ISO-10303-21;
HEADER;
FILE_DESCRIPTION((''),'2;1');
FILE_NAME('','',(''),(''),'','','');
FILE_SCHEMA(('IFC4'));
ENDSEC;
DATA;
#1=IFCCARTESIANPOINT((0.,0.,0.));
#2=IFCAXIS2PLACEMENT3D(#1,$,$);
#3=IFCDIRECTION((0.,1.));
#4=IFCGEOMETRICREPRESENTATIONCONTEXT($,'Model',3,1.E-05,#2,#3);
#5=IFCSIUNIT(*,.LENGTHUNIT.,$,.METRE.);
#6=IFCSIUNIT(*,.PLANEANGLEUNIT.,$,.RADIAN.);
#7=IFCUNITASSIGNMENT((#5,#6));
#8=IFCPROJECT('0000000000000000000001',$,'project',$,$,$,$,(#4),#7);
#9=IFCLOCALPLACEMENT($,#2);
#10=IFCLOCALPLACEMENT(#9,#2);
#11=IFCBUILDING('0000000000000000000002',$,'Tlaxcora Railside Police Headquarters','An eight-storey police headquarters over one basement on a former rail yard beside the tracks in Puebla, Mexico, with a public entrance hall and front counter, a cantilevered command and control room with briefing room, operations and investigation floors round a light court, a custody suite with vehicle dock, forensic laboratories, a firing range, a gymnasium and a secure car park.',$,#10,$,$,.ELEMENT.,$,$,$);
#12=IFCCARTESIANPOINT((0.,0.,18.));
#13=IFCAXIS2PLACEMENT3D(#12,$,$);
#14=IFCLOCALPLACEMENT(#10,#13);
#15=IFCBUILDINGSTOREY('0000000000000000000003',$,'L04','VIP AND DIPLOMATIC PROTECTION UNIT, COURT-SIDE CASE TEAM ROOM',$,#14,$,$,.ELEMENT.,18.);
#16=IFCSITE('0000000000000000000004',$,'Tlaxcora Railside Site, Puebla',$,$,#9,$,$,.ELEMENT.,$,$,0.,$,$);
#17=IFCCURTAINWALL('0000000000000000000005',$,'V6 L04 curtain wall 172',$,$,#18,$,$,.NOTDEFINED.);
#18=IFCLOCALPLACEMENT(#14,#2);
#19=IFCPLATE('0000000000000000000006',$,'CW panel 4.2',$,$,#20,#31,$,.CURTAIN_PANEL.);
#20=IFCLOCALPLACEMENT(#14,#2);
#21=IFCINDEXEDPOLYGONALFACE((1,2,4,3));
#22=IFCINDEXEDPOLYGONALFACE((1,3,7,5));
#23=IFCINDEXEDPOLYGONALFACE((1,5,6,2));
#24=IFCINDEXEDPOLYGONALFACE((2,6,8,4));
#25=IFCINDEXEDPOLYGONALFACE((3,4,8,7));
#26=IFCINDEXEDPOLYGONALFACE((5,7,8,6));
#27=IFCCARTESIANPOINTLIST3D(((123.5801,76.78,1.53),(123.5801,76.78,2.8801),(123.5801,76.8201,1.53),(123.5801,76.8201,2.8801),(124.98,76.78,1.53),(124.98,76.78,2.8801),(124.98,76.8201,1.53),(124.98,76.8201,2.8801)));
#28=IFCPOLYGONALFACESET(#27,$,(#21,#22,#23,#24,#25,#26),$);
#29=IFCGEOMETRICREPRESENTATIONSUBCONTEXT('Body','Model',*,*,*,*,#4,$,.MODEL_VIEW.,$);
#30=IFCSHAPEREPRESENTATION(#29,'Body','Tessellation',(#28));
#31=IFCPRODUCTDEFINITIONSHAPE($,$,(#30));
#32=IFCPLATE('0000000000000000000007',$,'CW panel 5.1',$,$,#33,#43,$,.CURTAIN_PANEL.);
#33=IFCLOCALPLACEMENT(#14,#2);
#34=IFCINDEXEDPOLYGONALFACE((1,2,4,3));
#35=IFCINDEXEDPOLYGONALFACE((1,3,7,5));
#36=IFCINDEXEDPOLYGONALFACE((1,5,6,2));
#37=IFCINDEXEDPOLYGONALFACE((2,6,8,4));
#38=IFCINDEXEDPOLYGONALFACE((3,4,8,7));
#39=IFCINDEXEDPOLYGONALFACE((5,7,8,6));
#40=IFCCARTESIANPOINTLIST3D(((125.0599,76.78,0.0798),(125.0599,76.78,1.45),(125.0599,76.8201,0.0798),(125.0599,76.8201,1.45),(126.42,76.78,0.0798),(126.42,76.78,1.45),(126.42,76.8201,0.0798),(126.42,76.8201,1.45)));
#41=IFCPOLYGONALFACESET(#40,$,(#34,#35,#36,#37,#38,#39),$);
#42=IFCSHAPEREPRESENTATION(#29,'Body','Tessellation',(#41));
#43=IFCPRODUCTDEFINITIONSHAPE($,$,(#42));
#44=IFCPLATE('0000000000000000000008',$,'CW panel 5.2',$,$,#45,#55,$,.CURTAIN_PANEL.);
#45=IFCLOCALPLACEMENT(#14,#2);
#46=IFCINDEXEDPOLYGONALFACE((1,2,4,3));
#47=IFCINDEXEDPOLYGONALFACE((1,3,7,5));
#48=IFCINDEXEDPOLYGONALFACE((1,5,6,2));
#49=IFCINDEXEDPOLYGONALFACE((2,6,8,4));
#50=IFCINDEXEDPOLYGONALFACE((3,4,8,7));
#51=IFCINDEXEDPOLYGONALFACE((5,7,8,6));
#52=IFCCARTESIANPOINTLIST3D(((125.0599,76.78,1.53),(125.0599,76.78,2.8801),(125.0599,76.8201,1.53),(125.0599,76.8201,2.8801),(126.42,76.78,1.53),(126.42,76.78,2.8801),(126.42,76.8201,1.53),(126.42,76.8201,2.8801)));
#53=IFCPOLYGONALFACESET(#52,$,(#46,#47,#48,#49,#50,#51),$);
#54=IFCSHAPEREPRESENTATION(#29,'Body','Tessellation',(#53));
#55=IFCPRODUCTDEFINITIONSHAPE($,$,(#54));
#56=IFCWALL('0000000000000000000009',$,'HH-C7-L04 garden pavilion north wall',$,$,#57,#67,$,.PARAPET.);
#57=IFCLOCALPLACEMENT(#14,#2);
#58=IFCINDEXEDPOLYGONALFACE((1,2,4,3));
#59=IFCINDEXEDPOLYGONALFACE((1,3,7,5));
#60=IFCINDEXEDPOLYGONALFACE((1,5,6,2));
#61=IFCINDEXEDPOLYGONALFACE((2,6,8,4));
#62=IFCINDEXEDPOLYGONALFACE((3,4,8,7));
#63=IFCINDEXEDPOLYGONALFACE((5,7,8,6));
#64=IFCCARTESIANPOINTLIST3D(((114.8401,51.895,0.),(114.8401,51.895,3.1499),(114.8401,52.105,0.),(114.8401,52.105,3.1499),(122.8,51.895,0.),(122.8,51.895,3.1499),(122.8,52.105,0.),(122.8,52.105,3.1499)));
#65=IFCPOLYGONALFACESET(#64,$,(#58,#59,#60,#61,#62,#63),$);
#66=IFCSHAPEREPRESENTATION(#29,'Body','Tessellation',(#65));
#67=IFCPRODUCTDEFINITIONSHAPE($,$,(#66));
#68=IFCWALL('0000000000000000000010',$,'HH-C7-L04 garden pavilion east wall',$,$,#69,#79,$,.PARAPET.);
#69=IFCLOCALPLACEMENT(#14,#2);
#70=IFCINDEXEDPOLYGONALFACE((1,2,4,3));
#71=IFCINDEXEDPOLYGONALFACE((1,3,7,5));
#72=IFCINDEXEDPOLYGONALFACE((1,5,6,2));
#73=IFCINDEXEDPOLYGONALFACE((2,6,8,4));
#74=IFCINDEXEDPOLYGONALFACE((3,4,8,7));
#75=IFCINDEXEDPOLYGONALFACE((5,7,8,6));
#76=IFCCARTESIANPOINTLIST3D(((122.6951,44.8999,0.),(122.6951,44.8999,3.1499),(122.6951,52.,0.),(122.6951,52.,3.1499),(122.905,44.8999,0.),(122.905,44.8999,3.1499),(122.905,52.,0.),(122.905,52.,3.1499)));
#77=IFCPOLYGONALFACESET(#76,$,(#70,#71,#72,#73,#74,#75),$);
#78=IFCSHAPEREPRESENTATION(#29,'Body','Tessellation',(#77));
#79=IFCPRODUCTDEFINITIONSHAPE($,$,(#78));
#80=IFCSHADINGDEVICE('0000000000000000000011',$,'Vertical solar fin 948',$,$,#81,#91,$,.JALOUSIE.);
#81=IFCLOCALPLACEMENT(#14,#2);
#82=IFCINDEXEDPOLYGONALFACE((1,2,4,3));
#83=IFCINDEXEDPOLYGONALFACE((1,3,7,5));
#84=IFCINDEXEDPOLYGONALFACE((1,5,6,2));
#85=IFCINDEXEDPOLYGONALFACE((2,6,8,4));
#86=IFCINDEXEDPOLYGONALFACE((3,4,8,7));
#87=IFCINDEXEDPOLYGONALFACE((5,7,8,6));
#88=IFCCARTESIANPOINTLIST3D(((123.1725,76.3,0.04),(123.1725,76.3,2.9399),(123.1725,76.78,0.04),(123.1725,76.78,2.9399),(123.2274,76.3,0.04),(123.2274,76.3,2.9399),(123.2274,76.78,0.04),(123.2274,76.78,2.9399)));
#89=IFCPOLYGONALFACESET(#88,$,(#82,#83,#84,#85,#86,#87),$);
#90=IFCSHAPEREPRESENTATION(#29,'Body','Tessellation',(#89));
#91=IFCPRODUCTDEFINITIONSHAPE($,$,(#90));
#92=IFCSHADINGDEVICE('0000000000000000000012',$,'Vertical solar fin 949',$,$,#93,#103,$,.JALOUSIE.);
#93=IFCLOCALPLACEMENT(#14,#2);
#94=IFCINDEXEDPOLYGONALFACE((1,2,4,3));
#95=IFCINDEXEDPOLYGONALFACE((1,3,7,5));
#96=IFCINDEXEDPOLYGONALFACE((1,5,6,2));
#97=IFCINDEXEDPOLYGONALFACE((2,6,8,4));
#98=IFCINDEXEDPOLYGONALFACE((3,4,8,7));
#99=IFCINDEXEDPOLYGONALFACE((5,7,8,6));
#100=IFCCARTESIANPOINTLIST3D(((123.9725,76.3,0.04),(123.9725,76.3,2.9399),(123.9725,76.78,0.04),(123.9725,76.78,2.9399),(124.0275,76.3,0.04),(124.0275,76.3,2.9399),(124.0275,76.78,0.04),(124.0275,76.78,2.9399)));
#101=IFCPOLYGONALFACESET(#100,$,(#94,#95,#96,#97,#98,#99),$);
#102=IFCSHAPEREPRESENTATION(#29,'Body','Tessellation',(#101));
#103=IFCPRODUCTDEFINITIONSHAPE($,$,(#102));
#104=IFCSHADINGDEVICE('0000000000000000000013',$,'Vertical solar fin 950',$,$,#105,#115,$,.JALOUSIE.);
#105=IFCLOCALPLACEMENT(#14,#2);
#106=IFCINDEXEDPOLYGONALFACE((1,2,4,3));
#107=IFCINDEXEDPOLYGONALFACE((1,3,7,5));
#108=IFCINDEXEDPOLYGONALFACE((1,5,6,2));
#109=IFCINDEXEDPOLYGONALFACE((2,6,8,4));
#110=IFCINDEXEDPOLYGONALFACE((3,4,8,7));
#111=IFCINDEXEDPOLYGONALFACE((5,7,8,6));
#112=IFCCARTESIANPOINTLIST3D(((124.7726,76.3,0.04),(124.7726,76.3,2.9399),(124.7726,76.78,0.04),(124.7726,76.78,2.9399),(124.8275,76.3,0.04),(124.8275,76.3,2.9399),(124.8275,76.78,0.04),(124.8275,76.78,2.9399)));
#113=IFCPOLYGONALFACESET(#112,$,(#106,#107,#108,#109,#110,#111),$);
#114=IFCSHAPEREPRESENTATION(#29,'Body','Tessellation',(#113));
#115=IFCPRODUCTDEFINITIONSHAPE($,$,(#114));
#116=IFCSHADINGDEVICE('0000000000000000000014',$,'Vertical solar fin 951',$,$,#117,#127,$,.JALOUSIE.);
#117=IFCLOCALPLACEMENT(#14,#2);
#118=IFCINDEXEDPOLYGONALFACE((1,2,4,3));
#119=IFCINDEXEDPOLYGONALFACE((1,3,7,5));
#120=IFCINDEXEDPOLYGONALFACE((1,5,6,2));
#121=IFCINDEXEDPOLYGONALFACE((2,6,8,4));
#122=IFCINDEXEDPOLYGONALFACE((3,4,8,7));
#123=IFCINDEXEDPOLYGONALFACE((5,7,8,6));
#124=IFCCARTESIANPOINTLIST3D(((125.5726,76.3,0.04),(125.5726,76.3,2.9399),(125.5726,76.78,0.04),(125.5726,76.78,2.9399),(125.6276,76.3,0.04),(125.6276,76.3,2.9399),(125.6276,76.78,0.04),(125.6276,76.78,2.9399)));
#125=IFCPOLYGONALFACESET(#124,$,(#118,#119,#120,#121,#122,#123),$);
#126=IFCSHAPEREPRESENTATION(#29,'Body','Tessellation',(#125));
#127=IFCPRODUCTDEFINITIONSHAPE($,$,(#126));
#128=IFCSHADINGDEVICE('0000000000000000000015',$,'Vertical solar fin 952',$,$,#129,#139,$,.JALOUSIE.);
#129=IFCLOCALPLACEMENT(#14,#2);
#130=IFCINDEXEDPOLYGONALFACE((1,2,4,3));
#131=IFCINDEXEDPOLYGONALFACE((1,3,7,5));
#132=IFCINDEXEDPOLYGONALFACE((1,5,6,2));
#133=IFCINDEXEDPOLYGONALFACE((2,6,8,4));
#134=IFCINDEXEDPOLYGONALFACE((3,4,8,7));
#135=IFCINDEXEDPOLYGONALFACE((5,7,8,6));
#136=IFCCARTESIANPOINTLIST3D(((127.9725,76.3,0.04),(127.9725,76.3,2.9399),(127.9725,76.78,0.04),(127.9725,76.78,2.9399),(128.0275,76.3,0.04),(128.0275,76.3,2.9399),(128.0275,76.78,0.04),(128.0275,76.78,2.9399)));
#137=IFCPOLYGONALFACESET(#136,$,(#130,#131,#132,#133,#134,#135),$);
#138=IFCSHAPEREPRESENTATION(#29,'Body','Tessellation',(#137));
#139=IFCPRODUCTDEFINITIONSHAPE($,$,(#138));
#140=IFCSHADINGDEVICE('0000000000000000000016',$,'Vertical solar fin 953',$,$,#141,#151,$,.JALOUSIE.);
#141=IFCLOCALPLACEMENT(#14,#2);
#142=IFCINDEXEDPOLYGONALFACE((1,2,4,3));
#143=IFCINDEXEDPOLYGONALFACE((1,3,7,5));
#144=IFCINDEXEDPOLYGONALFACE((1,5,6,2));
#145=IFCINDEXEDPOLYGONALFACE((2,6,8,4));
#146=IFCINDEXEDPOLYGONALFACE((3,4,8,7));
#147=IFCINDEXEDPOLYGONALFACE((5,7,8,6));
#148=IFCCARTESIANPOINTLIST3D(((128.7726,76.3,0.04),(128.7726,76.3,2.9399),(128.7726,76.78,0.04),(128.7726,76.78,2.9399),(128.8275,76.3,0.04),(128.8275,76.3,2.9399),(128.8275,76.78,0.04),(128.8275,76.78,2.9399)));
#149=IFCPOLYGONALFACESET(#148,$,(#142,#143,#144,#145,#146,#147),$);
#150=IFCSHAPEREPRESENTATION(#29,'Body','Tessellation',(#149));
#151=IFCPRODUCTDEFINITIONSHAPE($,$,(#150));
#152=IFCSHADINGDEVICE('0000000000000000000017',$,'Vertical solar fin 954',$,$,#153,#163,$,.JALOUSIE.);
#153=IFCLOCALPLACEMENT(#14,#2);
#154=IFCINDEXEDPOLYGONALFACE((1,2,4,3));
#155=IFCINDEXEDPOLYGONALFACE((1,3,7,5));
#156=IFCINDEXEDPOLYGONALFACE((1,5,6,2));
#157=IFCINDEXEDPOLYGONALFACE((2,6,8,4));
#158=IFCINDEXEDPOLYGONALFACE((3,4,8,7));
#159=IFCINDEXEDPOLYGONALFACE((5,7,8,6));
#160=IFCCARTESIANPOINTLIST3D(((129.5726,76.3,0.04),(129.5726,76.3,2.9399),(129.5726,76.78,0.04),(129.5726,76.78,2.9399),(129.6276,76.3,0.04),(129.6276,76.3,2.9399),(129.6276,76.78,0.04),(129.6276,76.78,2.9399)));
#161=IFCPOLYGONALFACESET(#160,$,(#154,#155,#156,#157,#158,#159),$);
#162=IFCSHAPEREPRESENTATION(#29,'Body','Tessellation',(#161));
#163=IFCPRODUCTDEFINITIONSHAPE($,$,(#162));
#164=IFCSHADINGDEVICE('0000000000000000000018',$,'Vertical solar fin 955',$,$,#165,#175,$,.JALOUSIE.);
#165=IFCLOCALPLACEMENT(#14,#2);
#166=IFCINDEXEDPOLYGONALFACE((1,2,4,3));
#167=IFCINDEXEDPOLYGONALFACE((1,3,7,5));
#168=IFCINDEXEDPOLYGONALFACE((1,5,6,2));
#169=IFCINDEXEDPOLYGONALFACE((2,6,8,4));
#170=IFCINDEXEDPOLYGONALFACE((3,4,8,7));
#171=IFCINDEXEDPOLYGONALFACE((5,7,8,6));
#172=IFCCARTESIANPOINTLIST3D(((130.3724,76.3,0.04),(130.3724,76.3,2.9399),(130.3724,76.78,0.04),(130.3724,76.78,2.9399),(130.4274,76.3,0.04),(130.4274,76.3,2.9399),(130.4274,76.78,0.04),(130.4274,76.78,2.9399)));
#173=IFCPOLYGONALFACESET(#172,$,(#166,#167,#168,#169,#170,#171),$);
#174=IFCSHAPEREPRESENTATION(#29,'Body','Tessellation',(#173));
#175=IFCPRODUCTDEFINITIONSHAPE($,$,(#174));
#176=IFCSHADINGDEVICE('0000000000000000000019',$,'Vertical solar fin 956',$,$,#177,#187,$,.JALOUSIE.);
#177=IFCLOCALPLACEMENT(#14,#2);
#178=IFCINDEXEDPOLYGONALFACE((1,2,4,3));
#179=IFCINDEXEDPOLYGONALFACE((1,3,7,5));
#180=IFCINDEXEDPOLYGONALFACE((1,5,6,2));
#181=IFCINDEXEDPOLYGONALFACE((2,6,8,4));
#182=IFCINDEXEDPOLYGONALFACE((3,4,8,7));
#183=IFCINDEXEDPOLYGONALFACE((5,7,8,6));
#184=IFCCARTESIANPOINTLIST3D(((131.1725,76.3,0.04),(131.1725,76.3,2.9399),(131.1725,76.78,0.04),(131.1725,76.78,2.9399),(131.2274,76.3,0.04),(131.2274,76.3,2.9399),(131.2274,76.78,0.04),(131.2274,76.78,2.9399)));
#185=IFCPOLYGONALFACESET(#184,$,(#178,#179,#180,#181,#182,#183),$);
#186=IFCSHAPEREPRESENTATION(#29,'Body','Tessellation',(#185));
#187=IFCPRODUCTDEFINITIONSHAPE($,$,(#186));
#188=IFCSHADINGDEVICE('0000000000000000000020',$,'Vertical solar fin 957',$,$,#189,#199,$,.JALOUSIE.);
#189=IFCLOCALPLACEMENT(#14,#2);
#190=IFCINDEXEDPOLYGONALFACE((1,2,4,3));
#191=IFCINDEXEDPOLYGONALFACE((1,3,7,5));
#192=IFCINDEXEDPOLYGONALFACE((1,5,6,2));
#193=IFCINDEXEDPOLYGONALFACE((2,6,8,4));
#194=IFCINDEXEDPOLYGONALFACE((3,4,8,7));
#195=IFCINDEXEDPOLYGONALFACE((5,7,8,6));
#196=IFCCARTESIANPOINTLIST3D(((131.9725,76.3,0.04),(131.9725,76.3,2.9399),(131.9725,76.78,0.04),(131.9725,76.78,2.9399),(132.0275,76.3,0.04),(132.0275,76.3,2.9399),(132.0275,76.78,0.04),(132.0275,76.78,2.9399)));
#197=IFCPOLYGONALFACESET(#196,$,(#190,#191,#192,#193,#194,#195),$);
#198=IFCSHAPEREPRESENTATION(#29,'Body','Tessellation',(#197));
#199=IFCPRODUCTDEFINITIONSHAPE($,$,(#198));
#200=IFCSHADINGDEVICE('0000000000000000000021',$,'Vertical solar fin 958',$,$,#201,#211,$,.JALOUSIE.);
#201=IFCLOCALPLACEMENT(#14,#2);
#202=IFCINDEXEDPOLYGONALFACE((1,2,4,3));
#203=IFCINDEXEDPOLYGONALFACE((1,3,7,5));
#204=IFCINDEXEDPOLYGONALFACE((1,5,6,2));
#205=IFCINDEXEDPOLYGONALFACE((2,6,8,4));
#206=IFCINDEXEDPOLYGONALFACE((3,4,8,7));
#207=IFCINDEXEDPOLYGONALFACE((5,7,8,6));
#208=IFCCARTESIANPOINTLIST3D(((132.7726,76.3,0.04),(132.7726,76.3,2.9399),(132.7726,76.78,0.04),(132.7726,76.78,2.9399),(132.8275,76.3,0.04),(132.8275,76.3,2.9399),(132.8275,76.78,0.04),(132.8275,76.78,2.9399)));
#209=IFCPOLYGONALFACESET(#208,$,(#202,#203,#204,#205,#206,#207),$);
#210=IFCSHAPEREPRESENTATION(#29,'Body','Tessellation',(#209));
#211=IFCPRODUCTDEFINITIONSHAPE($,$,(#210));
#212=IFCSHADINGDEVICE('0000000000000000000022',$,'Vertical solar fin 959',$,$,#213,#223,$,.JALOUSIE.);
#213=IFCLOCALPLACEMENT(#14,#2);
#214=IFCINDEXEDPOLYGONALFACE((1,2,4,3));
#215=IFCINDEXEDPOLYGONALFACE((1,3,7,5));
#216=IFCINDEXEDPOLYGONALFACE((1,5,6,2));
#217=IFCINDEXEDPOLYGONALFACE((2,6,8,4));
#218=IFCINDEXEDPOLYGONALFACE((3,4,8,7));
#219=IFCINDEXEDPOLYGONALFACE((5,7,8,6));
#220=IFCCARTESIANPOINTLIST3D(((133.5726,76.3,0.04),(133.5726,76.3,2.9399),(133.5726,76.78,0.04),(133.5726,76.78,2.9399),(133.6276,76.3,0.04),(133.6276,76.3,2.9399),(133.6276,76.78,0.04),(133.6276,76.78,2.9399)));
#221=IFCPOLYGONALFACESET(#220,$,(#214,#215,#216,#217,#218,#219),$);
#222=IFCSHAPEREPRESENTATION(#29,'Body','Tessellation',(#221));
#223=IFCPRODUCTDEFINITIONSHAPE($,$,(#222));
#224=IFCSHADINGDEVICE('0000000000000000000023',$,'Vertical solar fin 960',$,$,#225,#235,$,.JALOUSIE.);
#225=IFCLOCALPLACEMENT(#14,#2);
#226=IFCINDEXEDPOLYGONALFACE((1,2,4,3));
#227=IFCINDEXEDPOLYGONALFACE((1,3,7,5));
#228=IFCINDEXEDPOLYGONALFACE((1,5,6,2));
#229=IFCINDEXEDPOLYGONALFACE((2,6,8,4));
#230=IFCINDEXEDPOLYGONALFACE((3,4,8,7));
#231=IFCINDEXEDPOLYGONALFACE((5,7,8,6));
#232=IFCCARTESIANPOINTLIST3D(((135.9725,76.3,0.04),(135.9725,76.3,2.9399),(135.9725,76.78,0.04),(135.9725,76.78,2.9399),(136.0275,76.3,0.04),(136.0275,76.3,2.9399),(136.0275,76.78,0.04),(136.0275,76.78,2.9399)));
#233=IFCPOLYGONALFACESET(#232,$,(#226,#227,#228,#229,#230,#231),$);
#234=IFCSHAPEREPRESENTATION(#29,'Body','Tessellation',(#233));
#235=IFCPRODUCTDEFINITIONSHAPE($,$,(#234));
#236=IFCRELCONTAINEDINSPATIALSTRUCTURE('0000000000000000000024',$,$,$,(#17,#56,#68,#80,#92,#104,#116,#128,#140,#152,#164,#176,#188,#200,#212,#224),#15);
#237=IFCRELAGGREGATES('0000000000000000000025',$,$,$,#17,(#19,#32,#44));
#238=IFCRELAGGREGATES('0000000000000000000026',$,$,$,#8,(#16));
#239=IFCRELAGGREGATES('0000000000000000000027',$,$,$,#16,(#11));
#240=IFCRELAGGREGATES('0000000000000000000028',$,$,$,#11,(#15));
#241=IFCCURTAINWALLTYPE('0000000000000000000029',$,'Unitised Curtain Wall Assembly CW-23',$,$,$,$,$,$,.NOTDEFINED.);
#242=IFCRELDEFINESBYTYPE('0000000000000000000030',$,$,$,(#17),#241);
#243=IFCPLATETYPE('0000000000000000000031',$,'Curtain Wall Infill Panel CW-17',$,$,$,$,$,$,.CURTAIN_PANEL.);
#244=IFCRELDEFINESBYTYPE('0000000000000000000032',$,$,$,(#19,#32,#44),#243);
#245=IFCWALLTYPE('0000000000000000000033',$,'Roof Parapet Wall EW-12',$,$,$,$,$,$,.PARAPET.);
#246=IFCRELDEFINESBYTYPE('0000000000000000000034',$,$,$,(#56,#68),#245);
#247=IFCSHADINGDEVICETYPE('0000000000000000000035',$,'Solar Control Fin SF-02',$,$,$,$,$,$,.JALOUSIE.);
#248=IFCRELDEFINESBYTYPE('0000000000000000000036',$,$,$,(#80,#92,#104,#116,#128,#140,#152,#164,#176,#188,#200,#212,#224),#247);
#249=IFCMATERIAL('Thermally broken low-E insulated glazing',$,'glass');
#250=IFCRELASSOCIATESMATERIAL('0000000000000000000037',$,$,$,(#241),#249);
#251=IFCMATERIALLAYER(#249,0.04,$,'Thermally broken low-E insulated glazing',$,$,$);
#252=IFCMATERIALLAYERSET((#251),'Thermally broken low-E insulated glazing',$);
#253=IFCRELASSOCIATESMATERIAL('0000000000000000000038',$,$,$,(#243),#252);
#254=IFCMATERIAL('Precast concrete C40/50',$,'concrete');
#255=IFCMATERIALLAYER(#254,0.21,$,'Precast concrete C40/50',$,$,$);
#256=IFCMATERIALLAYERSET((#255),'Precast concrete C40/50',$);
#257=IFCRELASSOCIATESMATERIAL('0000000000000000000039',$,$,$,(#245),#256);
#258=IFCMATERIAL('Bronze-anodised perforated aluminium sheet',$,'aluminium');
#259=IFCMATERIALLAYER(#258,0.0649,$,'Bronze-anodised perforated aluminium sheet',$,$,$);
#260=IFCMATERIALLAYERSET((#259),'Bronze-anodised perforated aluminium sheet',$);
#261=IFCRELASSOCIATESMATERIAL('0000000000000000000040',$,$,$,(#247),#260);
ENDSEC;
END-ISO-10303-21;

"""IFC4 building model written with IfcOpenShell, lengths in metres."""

from ifc_helpers import new_model, si_unit, direction, frame, frame_2d, origin, origin_2d, place, context, subcontext, project, spatial, rectangle, extrude, material, layer, layer_set, type_object, element, aggregate, save


model = new_model("IFC4")

# Units and contexts
model_context = context("Model", 3, precision=1e-05, world=origin(), true_north=direction((0.0, 1.0)))
body_context = subcontext(model_context, "Body", "Model", "MODEL_VIEW")
ifc_project = project(units=[si_unit("LENGTHUNIT", "METRE"), si_unit("PLANEANGLEUNIT", "RADIAN")], contexts=[model_context])

# Site, building, storey
site_placement = place(None, origin())
site = spatial("IfcSite", under=ifc_project, at=site_placement, Name="Tlaxcora Railside Site, Puebla", CompositionType="ELEMENT", RefElevation=0.0)
building_placement = place(site_placement, origin())
building = spatial("IfcBuilding", under=site, at=building_placement, Name="Tlaxcora Railside Police Headquarters", Description="An eight-storey police headquarters over one basement on a former rail yard beside the tracks in Puebla, Mexico, with a public entrance hall and front counter, a cantilevered command and control room with briefing room, operations and investigation floors round a light court, a custody suite with vehicle dock, forensic laboratories, a firing range, a gymnasium and a secure car park.", CompositionType="ELEMENT")
storey_placement = place(building_placement, frame((0.0, 0.0, 18.0)))
storey = spatial("IfcBuildingStorey", under=building, at=storey_placement, Name="L04", Description="VIP AND DIPLOMATIC PROTECTION UNIT, COURT-SIDE CASE TEAM ROOM", CompositionType="ELEMENT", Elevation=18.0)

# Curtain wall
ifc_material_1 = material(Name="Thermally broken low-E insulated glazing", Category="glass")
curtain_wall_type = type_object("IfcCurtainWallType", Name="Unitised Curtain Wall Assembly CW-23", PredefinedType="NOTDEFINED", material=ifc_material_1)
curtain_wall_placement = place(storey_placement, origin())
curtain_wall = element("IfcCurtainWall", 1, at=curtain_wall_placement, inside=storey, type_object=curtain_wall_type, Name="V6 L04 curtain wall 172", PredefinedType="NOTDEFINED")

# Plates
ifc_layer_1 = layer(ifc_material_1, 0.04, Name="Thermally broken low-E insulated glazing")
ifc_layer_set_1 = layer_set([ifc_layer_1], Name="Thermally broken low-E insulated glazing")
plate_type = type_object("IfcPlateType", Name="Curtain Wall Infill Panel CW-17", PredefinedType="CURTAIN_PANEL", material=ifc_layer_set_1)
plate_1_placement = place(storey_placement, frame((124.28, 76.8, 1.53), z_axis=(0.0, 0.0, 1.0), x_axis=(1.0, 0.0, 0.0)))
plate_1 = element("IfcPlate", 2, at=plate_1_placement, type_object=plate_type, Name="CW panel 4.2", PredefinedType="CURTAIN_PANEL", context=body_context, shape_type="SweptSolid", body=[
    extrude(rectangle(XDim=1.3999, YDim=0.04, at=origin_2d()), origin(), (0.0, 0.0, 1.0), 1.3501),
])
plate_2_placement = place(storey_placement, frame((125.74, 76.8, 0.0798), z_axis=(0.0, 0.0, 1.0), x_axis=(1.0, 0.0, 0.0)))
plate_2 = element("IfcPlate", 3, at=plate_2_placement, type_object=plate_type, Name="CW panel 5.1", PredefinedType="CURTAIN_PANEL", context=body_context, shape_type="SweptSolid", body=[
    extrude(rectangle(XDim=1.3601, YDim=0.04, at=origin_2d()), origin(), (0.0, 0.0, 1.0), 1.3701),
])
plate_3_placement = place(storey_placement, frame((125.74, 76.8, 1.53), z_axis=(0.0, 0.0, 1.0), x_axis=(1.0, 0.0, 0.0)))
plate_3 = element("IfcPlate", 4, at=plate_3_placement, type_object=plate_type, Name="CW panel 5.2", PredefinedType="CURTAIN_PANEL", context=body_context, shape_type="SweptSolid", body=[
    extrude(rectangle(XDim=1.3601, YDim=0.04, at=origin_2d()), origin(), (0.0, 0.0, 1.0), 1.3501),
])
aggregate(curtain_wall, [plate_1, plate_2, plate_3])

# Walls
ifc_material_2 = material(Name="Precast concrete C40/50", Category="concrete")
ifc_layer_2 = layer(ifc_material_2, 0.21, Name="Precast concrete C40/50")
ifc_layer_set_2 = layer_set([ifc_layer_2], Name="Precast concrete C40/50")
wall_type = type_object("IfcWallType", Name="Roof Parapet Wall EW-12", PredefinedType="PARAPET", material=ifc_layer_set_2)
wall_1_placement = place(storey_placement, frame((122.8, 52.0, 0.0), z_axis=(0.0, 0.0, 1.0), x_axis=(-1.0, 0.0, 0.0)))
element("IfcWall", 5, at=wall_1_placement, inside=storey, type_object=wall_type, Name="HH-C7-L04 garden pavilion north wall", PredefinedType="PARAPET", context=body_context, shape_type="SweptSolid", body=[
    extrude(rectangle(XDim=7.96, YDim=0.21, at=frame_2d((3.98, 0.0))), origin(), (0.0, 0.0, 1.0), 3.1499),
])
wall_2_placement = place(storey_placement, frame((122.8, 44.8999, 0.0), z_axis=(0.0, 0.0, 1.0), x_axis=(0.0, 1.0, 0.0)))
element("IfcWall", 6, at=wall_2_placement, inside=storey, type_object=wall_type, Name="HH-C7-L04 garden pavilion east wall", PredefinedType="PARAPET", context=body_context, shape_type="SweptSolid", body=[
    extrude(rectangle(XDim=7.1001, YDim=0.21, at=frame_2d((3.55, 0.0))), origin(), (0.0, 0.0, 1.0), 3.1499),
])

# Shading devices
ifc_material_3 = material(Name="Bronze-anodised perforated aluminium sheet", Category="aluminium")
ifc_layer_3 = layer(ifc_material_3, 0.0649, Name="Bronze-anodised perforated aluminium sheet")
ifc_layer_set_3 = layer_set([ifc_layer_3], Name="Bronze-anodised perforated aluminium sheet")
shading_device_type = type_object("IfcShadingDeviceType", Name="Solar Control Fin SF-02", PredefinedType="JALOUSIE", material=ifc_layer_set_3)
for number, where, z_axis, x_axis, name in (
    (7, (123.2, 76.54, 0.04), (0.0, 0.0, 1.0), (0.0, -1.0, 0.0), "Vertical solar fin 948"),
    (8, (124.0, 76.54, 0.04), (0.0, 0.0, 1.0), (0.0, -1.0, 0.0), "Vertical solar fin 949"),
    (9, (124.8, 76.54, 0.04), (0.0, 0.0, 1.0), (0.0, -1.0, 0.0), "Vertical solar fin 950"),
    (10, (125.6001, 76.54, 0.04), (0.0, 0.0, 1.0), (0.0, -1.0, 0.0), "Vertical solar fin 951"),
    (11, (128.0, 76.54, 0.04), (0.0, 0.0, 1.0), (0.0, -1.0, 0.0), "Vertical solar fin 952"),
    (12, (128.8, 76.54, 0.04), (0.0, 0.0, 1.0), (0.0, -1.0, 0.0), "Vertical solar fin 953"),
    (13, (129.6001, 76.54, 0.04), (0.0, 0.0, 1.0), (0.0, -1.0, 0.0), "Vertical solar fin 954"),
    (14, (130.3999, 76.54, 0.04), (0.0, 0.0, 1.0), (0.0, -1.0, 0.0), "Vertical solar fin 955"),
    (15, (131.2, 76.54, 0.04), (0.0, 0.0, 1.0), (0.0, -1.0, 0.0), "Vertical solar fin 956"),
    (16, (132.0, 76.54, 0.04), (0.0, 0.0, 1.0), (0.0, -1.0, 0.0), "Vertical solar fin 957"),
    (17, (132.8, 76.54, 0.04), (0.0, 0.0, 1.0), (0.0, -1.0, 0.0), "Vertical solar fin 958"),
    (18, (133.6001, 76.54, 0.04), (0.0, 0.0, 1.0), (0.0, -1.0, 0.0), "Vertical solar fin 959"),
    (19, (136.0, 76.54, 0.04), (0.0, 0.0, 1.0), (0.0, -1.0, 0.0), "Vertical solar fin 960"),
):
    element("IfcShadingDevice", number, at=place(storey_placement, frame(where, z_axis=z_axis, x_axis=x_axis)), inside=storey, type_object=shading_device_type, Name=name, PredefinedType="JALOUSIE", context=body_context, shape_type="SweptSolid", body=[
        extrude(rectangle(XDim=0.48, YDim=0.0549, at=origin_2d()), origin(), (0.0, 0.0, 1.0), 2.8999),
    ])

save(model, "model.ifc")
